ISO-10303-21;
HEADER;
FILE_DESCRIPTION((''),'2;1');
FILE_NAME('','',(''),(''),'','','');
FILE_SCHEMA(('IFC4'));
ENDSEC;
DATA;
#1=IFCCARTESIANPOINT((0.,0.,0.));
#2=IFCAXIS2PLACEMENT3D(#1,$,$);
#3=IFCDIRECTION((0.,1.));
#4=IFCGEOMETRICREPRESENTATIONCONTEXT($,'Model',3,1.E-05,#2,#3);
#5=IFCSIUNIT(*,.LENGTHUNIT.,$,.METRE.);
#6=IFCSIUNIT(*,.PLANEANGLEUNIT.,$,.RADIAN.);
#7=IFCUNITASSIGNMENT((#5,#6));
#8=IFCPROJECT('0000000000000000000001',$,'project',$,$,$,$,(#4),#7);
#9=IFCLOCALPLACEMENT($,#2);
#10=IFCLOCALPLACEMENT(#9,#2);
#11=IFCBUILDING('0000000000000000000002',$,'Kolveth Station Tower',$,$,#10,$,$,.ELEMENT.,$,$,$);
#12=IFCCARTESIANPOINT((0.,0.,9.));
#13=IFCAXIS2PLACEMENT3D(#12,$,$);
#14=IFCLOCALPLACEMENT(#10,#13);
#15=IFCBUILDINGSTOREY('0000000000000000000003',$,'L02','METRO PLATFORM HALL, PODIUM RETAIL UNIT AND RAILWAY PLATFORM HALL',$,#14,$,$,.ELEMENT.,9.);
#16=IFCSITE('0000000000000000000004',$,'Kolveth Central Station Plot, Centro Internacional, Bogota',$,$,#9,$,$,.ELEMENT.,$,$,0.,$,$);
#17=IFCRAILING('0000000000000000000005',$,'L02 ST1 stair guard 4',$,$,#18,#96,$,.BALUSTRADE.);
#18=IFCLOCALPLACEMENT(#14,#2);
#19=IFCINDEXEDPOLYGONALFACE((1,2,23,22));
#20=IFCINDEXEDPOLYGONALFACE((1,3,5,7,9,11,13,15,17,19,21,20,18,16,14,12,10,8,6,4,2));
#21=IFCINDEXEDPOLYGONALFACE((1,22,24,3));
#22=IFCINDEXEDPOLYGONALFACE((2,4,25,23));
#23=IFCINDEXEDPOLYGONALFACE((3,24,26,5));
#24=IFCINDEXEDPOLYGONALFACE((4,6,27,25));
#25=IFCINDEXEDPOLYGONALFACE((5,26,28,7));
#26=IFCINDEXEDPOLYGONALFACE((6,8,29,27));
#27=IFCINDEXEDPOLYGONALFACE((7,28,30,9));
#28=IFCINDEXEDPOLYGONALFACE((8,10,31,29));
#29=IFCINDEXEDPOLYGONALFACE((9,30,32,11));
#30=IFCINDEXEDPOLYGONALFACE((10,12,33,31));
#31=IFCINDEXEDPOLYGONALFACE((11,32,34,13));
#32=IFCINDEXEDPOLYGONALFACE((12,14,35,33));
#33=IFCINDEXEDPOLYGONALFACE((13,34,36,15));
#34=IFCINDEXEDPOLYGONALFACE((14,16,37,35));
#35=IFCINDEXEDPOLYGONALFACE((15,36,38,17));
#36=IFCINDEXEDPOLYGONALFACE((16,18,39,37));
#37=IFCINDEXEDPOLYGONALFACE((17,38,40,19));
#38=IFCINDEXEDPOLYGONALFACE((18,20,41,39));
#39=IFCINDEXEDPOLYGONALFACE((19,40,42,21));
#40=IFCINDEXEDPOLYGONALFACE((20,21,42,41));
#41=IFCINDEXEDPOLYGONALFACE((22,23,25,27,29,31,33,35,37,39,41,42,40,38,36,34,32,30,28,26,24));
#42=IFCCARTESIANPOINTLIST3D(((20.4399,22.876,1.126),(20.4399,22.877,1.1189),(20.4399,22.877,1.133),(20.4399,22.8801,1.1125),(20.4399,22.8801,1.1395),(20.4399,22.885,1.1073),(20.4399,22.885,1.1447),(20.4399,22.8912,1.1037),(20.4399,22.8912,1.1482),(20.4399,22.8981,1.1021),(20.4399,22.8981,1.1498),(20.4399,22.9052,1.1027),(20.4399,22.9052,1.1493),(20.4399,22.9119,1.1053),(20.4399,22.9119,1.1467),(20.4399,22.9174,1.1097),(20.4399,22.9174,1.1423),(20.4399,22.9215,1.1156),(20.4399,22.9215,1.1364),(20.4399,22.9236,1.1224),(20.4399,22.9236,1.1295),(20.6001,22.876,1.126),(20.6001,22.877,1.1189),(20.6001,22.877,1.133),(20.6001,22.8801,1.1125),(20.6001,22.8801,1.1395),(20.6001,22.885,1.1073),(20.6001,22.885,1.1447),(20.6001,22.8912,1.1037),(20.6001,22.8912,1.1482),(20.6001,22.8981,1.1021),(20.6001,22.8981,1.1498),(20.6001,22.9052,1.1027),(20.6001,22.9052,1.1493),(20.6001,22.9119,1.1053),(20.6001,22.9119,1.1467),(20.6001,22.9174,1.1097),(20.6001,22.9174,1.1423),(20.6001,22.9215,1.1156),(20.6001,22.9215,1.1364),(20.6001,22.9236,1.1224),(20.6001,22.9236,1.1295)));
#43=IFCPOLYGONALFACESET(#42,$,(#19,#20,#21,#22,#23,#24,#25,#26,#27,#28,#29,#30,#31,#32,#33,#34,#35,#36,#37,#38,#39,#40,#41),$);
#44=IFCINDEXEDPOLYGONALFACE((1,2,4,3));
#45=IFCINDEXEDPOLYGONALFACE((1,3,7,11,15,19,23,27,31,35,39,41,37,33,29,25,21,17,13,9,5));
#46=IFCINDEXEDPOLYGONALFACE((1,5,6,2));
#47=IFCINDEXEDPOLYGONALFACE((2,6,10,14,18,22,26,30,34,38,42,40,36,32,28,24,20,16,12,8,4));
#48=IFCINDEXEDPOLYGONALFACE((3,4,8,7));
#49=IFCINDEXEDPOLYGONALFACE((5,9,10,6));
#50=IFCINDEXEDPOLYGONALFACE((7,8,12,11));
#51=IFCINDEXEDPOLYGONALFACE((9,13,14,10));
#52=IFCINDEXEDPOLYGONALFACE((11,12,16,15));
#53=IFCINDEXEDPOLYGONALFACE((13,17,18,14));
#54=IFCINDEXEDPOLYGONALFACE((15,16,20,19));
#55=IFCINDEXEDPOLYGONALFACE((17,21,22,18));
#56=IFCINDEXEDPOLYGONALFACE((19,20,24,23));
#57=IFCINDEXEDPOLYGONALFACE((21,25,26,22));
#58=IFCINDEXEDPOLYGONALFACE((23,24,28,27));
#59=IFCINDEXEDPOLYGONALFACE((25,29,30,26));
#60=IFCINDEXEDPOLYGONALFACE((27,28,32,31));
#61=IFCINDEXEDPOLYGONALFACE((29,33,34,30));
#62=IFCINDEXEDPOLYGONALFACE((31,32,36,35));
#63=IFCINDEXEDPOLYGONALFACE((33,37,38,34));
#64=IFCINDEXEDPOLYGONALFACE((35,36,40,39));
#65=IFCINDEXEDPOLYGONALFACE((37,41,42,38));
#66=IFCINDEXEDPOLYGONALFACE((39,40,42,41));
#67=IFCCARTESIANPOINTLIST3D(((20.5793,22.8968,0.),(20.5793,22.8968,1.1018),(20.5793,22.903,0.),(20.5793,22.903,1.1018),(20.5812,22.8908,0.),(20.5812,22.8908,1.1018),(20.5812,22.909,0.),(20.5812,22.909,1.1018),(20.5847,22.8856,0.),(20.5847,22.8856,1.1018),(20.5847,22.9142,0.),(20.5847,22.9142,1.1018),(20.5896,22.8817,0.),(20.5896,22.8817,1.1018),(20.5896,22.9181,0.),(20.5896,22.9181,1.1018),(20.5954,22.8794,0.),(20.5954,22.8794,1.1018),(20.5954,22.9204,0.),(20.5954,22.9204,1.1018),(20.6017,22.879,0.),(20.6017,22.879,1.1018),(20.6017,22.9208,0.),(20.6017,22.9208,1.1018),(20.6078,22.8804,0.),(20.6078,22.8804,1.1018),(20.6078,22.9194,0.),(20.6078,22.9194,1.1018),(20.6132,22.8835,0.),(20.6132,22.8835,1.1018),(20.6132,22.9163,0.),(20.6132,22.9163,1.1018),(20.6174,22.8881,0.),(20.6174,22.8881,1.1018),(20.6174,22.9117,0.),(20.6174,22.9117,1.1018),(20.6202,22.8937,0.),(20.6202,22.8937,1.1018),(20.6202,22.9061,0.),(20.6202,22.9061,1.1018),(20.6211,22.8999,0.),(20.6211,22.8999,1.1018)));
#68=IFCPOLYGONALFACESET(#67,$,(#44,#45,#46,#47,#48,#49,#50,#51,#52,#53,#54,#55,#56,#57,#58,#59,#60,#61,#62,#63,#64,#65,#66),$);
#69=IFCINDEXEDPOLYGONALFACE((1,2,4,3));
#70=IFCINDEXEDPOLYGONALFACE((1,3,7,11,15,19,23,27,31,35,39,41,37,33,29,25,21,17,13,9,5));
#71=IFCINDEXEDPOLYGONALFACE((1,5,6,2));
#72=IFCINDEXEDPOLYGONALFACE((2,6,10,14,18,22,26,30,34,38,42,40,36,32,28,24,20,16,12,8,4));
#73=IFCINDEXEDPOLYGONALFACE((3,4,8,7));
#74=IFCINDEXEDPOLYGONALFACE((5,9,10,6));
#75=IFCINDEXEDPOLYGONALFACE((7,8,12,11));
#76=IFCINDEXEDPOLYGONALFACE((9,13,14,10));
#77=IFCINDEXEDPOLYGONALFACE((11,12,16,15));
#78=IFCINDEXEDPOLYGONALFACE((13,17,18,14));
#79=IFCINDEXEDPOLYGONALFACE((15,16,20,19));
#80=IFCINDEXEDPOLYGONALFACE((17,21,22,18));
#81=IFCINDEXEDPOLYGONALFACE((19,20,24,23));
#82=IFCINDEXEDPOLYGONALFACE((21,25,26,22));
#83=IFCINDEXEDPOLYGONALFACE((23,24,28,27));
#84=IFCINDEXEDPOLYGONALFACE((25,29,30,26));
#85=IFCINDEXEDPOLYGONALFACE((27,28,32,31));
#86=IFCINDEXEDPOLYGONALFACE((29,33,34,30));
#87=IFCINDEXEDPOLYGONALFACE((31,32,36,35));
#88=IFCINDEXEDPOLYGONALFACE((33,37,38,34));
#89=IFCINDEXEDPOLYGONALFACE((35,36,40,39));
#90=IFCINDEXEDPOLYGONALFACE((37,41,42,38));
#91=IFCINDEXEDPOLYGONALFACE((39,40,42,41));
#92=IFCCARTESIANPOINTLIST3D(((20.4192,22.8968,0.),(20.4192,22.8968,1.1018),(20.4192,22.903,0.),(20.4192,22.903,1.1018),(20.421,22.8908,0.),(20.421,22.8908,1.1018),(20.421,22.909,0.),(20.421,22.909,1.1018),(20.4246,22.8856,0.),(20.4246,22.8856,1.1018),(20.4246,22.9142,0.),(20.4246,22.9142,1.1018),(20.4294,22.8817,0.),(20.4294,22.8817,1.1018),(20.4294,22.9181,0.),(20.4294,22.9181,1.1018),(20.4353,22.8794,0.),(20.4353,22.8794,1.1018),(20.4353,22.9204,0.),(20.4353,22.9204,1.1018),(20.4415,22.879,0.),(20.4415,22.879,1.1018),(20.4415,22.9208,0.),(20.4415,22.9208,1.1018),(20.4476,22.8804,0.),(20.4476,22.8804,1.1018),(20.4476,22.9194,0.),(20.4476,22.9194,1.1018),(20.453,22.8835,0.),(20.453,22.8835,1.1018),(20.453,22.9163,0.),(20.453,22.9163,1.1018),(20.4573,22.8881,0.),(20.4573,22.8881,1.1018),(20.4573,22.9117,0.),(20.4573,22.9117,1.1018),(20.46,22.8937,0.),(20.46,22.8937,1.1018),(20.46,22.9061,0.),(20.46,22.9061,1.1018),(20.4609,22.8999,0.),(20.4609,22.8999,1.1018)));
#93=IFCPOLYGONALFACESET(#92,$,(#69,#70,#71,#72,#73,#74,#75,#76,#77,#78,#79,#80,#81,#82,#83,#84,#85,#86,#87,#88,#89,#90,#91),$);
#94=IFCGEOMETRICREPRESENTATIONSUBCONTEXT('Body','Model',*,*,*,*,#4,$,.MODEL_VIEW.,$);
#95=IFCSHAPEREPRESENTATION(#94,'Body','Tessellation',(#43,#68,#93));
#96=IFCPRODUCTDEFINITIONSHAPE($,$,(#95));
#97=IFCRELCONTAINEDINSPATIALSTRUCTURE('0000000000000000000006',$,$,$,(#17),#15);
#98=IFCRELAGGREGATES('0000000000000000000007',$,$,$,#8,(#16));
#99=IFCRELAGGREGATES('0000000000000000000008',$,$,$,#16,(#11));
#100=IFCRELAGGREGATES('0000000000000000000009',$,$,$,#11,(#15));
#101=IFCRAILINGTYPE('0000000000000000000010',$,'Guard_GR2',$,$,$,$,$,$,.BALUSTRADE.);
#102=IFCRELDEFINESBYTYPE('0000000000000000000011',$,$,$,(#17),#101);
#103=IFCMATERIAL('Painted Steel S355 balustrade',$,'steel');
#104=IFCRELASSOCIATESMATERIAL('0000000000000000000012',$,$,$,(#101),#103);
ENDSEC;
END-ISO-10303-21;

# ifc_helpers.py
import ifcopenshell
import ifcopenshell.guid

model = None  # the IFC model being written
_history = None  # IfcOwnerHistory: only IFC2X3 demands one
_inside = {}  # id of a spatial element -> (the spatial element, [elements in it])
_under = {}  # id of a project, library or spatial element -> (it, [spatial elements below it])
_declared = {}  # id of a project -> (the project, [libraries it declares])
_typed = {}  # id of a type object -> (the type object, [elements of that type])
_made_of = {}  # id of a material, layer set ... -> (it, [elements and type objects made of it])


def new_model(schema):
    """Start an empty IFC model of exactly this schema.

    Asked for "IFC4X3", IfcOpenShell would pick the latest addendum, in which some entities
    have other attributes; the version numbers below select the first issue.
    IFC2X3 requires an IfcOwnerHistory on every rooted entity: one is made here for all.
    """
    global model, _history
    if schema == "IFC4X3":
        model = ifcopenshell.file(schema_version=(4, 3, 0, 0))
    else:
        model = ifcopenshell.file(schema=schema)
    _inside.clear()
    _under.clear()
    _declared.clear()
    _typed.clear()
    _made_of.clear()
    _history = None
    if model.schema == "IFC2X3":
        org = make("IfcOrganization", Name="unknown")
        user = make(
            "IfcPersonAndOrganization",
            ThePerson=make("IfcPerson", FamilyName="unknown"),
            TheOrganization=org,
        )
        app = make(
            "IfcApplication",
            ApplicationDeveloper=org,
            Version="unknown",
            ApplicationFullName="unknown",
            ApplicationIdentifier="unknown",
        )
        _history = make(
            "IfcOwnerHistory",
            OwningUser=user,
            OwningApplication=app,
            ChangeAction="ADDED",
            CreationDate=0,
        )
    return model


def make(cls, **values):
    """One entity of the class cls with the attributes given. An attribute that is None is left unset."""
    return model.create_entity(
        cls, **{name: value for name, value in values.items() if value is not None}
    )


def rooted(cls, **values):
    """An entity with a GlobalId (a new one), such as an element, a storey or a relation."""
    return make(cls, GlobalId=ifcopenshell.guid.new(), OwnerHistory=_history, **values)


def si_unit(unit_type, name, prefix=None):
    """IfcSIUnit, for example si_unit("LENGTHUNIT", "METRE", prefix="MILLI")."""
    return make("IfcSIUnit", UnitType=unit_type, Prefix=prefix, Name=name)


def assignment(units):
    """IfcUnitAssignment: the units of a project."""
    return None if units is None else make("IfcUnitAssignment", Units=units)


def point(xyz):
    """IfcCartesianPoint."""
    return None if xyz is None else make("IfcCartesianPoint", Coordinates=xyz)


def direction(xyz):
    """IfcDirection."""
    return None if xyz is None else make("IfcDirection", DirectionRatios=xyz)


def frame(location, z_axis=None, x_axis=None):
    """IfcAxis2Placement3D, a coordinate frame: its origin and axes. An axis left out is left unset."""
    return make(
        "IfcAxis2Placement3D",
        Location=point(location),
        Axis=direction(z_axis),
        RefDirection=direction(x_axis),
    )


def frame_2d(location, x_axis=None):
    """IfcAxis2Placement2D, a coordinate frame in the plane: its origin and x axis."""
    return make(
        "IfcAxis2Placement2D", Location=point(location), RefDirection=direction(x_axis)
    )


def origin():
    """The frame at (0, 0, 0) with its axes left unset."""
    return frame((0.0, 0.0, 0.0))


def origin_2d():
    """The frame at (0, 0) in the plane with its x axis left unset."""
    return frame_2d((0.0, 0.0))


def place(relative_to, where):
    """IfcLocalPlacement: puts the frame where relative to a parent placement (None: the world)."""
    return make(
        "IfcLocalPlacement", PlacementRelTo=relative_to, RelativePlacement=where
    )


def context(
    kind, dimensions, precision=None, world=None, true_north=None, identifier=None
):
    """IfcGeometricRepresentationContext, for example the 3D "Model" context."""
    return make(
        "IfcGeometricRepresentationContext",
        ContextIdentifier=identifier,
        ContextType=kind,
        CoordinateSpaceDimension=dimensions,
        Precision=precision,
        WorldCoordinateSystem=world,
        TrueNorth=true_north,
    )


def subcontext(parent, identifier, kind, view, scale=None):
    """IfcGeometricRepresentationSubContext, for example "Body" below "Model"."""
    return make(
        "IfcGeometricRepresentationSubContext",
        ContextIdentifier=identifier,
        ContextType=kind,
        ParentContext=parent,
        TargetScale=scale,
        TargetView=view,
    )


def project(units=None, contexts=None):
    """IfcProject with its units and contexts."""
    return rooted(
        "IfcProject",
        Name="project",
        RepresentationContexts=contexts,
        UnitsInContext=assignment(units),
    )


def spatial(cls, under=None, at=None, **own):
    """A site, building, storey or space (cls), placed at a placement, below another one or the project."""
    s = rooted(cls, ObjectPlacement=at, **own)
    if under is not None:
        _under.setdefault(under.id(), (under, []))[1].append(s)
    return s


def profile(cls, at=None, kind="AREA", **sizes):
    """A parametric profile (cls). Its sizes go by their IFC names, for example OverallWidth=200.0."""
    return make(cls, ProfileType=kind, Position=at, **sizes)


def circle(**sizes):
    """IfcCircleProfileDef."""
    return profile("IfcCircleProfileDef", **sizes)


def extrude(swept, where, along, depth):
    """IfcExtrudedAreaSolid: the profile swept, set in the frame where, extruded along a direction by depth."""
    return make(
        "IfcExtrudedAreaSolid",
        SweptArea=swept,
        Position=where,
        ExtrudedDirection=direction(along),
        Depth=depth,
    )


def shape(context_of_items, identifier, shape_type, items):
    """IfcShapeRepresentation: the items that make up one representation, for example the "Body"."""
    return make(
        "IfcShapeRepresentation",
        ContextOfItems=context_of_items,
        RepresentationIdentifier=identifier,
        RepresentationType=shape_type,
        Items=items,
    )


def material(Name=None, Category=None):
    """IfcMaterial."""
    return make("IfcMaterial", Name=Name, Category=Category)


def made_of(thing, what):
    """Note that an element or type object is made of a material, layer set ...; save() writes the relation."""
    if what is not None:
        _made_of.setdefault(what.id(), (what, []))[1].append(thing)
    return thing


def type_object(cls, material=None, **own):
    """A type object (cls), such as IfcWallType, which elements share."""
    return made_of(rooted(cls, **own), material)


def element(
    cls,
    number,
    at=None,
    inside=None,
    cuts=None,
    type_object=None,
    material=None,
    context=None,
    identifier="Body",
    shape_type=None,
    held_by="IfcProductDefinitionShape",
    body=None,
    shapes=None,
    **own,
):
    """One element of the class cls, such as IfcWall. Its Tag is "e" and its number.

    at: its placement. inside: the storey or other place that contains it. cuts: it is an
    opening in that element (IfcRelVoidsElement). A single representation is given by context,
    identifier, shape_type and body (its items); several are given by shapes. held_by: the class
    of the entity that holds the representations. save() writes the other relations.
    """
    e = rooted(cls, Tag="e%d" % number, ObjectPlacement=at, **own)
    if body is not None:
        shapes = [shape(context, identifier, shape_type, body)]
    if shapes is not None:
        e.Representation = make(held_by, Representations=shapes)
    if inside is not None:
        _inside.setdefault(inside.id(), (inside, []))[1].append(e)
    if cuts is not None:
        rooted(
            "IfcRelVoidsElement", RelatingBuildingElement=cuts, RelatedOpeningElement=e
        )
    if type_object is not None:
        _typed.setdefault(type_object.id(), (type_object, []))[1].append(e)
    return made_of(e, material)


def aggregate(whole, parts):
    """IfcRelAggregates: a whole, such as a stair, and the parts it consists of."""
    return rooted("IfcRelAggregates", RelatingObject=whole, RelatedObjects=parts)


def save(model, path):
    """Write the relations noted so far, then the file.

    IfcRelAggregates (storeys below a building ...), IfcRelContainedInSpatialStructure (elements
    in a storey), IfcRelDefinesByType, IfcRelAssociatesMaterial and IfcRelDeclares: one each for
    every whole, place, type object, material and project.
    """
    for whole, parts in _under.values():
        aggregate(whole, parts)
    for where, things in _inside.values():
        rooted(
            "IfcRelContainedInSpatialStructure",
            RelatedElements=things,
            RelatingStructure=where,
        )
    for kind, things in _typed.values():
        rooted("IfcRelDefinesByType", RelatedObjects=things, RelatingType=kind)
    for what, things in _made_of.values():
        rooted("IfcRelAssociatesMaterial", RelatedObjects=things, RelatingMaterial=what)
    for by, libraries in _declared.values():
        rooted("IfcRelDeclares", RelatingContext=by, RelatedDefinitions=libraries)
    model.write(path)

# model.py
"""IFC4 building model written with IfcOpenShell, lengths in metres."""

from ifc_helpers import new_model, si_unit, direction, frame, origin, origin_2d, place, context, subcontext, project, spatial, circle, extrude, material, type_object, element, save


model = new_model("IFC4")

# Units and contexts
model_context = context("Model", 3, precision=1e-05, world=origin(), true_north=direction((0.0, 1.0)))
body_context = subcontext(model_context, "Body", "Model", "MODEL_VIEW")
ifc_project = project(units=[si_unit("LENGTHUNIT", "METRE"), si_unit("PLANEANGLEUNIT", "RADIAN")], contexts=[model_context])

# Site, building, storey
site_placement = place(None, origin())
site = spatial("IfcSite", under=ifc_project, at=site_placement, Name="Kolveth Central Station Plot, Centro Internacional, Bogota", CompositionType="ELEMENT", RefElevation=0.0)
building_placement = place(site_placement, origin())
building = spatial("IfcBuilding", under=site, at=building_placement, Name="Kolveth Station Tower", CompositionType="ELEMENT")
storey_placement = place(building_placement, frame((0.0, 0.0, 9.0)))
storey = spatial("IfcBuildingStorey", under=building, at=storey_placement, Name="L02", Description="METRO PLATFORM HALL, PODIUM RETAIL UNIT AND RAILWAY PLATFORM HALL", CompositionType="ELEMENT", Elevation=9.0)

# Railing
ifc_material_1 = material(Name="Painted Steel S355 balustrade", Category="steel")
railing_type_1 = type_object("IfcRailingType", Name="Guard_GR2", PredefinedType="BALUSTRADE", material=ifc_material_1)
railing_1_placement = place(storey_placement, frame((20.6001, 22.8999, 0.0)))
element("IfcRailing", 1, at=railing_1_placement, inside=storey, type_object=railing_type_1, Name="L02 ST1 stair guard 4", PredefinedType="BALUSTRADE", context=body_context, shape_type="SweptSolid", body=[
    extrude(circle(Radius=0.0239, at=origin_2d()), frame((0.0, 0.0, 1.126), z_axis=(-1.0, 0.0, 0.0), x_axis=(0.0, -1.0, 0.0)), (0.0, 0.0, 1.0), 0.1602),
    extrude(circle(Radius=0.021, at=origin_2d()), origin(), (0.0, 0.0, 1.0), 1.1018),
    extrude(circle(Radius=0.021, at=origin_2d()), frame((-0.1602, 0.0, 0.0)), (0.0, 0.0, 1.0), 1.1018),
])

save(model, "model.ifc")
